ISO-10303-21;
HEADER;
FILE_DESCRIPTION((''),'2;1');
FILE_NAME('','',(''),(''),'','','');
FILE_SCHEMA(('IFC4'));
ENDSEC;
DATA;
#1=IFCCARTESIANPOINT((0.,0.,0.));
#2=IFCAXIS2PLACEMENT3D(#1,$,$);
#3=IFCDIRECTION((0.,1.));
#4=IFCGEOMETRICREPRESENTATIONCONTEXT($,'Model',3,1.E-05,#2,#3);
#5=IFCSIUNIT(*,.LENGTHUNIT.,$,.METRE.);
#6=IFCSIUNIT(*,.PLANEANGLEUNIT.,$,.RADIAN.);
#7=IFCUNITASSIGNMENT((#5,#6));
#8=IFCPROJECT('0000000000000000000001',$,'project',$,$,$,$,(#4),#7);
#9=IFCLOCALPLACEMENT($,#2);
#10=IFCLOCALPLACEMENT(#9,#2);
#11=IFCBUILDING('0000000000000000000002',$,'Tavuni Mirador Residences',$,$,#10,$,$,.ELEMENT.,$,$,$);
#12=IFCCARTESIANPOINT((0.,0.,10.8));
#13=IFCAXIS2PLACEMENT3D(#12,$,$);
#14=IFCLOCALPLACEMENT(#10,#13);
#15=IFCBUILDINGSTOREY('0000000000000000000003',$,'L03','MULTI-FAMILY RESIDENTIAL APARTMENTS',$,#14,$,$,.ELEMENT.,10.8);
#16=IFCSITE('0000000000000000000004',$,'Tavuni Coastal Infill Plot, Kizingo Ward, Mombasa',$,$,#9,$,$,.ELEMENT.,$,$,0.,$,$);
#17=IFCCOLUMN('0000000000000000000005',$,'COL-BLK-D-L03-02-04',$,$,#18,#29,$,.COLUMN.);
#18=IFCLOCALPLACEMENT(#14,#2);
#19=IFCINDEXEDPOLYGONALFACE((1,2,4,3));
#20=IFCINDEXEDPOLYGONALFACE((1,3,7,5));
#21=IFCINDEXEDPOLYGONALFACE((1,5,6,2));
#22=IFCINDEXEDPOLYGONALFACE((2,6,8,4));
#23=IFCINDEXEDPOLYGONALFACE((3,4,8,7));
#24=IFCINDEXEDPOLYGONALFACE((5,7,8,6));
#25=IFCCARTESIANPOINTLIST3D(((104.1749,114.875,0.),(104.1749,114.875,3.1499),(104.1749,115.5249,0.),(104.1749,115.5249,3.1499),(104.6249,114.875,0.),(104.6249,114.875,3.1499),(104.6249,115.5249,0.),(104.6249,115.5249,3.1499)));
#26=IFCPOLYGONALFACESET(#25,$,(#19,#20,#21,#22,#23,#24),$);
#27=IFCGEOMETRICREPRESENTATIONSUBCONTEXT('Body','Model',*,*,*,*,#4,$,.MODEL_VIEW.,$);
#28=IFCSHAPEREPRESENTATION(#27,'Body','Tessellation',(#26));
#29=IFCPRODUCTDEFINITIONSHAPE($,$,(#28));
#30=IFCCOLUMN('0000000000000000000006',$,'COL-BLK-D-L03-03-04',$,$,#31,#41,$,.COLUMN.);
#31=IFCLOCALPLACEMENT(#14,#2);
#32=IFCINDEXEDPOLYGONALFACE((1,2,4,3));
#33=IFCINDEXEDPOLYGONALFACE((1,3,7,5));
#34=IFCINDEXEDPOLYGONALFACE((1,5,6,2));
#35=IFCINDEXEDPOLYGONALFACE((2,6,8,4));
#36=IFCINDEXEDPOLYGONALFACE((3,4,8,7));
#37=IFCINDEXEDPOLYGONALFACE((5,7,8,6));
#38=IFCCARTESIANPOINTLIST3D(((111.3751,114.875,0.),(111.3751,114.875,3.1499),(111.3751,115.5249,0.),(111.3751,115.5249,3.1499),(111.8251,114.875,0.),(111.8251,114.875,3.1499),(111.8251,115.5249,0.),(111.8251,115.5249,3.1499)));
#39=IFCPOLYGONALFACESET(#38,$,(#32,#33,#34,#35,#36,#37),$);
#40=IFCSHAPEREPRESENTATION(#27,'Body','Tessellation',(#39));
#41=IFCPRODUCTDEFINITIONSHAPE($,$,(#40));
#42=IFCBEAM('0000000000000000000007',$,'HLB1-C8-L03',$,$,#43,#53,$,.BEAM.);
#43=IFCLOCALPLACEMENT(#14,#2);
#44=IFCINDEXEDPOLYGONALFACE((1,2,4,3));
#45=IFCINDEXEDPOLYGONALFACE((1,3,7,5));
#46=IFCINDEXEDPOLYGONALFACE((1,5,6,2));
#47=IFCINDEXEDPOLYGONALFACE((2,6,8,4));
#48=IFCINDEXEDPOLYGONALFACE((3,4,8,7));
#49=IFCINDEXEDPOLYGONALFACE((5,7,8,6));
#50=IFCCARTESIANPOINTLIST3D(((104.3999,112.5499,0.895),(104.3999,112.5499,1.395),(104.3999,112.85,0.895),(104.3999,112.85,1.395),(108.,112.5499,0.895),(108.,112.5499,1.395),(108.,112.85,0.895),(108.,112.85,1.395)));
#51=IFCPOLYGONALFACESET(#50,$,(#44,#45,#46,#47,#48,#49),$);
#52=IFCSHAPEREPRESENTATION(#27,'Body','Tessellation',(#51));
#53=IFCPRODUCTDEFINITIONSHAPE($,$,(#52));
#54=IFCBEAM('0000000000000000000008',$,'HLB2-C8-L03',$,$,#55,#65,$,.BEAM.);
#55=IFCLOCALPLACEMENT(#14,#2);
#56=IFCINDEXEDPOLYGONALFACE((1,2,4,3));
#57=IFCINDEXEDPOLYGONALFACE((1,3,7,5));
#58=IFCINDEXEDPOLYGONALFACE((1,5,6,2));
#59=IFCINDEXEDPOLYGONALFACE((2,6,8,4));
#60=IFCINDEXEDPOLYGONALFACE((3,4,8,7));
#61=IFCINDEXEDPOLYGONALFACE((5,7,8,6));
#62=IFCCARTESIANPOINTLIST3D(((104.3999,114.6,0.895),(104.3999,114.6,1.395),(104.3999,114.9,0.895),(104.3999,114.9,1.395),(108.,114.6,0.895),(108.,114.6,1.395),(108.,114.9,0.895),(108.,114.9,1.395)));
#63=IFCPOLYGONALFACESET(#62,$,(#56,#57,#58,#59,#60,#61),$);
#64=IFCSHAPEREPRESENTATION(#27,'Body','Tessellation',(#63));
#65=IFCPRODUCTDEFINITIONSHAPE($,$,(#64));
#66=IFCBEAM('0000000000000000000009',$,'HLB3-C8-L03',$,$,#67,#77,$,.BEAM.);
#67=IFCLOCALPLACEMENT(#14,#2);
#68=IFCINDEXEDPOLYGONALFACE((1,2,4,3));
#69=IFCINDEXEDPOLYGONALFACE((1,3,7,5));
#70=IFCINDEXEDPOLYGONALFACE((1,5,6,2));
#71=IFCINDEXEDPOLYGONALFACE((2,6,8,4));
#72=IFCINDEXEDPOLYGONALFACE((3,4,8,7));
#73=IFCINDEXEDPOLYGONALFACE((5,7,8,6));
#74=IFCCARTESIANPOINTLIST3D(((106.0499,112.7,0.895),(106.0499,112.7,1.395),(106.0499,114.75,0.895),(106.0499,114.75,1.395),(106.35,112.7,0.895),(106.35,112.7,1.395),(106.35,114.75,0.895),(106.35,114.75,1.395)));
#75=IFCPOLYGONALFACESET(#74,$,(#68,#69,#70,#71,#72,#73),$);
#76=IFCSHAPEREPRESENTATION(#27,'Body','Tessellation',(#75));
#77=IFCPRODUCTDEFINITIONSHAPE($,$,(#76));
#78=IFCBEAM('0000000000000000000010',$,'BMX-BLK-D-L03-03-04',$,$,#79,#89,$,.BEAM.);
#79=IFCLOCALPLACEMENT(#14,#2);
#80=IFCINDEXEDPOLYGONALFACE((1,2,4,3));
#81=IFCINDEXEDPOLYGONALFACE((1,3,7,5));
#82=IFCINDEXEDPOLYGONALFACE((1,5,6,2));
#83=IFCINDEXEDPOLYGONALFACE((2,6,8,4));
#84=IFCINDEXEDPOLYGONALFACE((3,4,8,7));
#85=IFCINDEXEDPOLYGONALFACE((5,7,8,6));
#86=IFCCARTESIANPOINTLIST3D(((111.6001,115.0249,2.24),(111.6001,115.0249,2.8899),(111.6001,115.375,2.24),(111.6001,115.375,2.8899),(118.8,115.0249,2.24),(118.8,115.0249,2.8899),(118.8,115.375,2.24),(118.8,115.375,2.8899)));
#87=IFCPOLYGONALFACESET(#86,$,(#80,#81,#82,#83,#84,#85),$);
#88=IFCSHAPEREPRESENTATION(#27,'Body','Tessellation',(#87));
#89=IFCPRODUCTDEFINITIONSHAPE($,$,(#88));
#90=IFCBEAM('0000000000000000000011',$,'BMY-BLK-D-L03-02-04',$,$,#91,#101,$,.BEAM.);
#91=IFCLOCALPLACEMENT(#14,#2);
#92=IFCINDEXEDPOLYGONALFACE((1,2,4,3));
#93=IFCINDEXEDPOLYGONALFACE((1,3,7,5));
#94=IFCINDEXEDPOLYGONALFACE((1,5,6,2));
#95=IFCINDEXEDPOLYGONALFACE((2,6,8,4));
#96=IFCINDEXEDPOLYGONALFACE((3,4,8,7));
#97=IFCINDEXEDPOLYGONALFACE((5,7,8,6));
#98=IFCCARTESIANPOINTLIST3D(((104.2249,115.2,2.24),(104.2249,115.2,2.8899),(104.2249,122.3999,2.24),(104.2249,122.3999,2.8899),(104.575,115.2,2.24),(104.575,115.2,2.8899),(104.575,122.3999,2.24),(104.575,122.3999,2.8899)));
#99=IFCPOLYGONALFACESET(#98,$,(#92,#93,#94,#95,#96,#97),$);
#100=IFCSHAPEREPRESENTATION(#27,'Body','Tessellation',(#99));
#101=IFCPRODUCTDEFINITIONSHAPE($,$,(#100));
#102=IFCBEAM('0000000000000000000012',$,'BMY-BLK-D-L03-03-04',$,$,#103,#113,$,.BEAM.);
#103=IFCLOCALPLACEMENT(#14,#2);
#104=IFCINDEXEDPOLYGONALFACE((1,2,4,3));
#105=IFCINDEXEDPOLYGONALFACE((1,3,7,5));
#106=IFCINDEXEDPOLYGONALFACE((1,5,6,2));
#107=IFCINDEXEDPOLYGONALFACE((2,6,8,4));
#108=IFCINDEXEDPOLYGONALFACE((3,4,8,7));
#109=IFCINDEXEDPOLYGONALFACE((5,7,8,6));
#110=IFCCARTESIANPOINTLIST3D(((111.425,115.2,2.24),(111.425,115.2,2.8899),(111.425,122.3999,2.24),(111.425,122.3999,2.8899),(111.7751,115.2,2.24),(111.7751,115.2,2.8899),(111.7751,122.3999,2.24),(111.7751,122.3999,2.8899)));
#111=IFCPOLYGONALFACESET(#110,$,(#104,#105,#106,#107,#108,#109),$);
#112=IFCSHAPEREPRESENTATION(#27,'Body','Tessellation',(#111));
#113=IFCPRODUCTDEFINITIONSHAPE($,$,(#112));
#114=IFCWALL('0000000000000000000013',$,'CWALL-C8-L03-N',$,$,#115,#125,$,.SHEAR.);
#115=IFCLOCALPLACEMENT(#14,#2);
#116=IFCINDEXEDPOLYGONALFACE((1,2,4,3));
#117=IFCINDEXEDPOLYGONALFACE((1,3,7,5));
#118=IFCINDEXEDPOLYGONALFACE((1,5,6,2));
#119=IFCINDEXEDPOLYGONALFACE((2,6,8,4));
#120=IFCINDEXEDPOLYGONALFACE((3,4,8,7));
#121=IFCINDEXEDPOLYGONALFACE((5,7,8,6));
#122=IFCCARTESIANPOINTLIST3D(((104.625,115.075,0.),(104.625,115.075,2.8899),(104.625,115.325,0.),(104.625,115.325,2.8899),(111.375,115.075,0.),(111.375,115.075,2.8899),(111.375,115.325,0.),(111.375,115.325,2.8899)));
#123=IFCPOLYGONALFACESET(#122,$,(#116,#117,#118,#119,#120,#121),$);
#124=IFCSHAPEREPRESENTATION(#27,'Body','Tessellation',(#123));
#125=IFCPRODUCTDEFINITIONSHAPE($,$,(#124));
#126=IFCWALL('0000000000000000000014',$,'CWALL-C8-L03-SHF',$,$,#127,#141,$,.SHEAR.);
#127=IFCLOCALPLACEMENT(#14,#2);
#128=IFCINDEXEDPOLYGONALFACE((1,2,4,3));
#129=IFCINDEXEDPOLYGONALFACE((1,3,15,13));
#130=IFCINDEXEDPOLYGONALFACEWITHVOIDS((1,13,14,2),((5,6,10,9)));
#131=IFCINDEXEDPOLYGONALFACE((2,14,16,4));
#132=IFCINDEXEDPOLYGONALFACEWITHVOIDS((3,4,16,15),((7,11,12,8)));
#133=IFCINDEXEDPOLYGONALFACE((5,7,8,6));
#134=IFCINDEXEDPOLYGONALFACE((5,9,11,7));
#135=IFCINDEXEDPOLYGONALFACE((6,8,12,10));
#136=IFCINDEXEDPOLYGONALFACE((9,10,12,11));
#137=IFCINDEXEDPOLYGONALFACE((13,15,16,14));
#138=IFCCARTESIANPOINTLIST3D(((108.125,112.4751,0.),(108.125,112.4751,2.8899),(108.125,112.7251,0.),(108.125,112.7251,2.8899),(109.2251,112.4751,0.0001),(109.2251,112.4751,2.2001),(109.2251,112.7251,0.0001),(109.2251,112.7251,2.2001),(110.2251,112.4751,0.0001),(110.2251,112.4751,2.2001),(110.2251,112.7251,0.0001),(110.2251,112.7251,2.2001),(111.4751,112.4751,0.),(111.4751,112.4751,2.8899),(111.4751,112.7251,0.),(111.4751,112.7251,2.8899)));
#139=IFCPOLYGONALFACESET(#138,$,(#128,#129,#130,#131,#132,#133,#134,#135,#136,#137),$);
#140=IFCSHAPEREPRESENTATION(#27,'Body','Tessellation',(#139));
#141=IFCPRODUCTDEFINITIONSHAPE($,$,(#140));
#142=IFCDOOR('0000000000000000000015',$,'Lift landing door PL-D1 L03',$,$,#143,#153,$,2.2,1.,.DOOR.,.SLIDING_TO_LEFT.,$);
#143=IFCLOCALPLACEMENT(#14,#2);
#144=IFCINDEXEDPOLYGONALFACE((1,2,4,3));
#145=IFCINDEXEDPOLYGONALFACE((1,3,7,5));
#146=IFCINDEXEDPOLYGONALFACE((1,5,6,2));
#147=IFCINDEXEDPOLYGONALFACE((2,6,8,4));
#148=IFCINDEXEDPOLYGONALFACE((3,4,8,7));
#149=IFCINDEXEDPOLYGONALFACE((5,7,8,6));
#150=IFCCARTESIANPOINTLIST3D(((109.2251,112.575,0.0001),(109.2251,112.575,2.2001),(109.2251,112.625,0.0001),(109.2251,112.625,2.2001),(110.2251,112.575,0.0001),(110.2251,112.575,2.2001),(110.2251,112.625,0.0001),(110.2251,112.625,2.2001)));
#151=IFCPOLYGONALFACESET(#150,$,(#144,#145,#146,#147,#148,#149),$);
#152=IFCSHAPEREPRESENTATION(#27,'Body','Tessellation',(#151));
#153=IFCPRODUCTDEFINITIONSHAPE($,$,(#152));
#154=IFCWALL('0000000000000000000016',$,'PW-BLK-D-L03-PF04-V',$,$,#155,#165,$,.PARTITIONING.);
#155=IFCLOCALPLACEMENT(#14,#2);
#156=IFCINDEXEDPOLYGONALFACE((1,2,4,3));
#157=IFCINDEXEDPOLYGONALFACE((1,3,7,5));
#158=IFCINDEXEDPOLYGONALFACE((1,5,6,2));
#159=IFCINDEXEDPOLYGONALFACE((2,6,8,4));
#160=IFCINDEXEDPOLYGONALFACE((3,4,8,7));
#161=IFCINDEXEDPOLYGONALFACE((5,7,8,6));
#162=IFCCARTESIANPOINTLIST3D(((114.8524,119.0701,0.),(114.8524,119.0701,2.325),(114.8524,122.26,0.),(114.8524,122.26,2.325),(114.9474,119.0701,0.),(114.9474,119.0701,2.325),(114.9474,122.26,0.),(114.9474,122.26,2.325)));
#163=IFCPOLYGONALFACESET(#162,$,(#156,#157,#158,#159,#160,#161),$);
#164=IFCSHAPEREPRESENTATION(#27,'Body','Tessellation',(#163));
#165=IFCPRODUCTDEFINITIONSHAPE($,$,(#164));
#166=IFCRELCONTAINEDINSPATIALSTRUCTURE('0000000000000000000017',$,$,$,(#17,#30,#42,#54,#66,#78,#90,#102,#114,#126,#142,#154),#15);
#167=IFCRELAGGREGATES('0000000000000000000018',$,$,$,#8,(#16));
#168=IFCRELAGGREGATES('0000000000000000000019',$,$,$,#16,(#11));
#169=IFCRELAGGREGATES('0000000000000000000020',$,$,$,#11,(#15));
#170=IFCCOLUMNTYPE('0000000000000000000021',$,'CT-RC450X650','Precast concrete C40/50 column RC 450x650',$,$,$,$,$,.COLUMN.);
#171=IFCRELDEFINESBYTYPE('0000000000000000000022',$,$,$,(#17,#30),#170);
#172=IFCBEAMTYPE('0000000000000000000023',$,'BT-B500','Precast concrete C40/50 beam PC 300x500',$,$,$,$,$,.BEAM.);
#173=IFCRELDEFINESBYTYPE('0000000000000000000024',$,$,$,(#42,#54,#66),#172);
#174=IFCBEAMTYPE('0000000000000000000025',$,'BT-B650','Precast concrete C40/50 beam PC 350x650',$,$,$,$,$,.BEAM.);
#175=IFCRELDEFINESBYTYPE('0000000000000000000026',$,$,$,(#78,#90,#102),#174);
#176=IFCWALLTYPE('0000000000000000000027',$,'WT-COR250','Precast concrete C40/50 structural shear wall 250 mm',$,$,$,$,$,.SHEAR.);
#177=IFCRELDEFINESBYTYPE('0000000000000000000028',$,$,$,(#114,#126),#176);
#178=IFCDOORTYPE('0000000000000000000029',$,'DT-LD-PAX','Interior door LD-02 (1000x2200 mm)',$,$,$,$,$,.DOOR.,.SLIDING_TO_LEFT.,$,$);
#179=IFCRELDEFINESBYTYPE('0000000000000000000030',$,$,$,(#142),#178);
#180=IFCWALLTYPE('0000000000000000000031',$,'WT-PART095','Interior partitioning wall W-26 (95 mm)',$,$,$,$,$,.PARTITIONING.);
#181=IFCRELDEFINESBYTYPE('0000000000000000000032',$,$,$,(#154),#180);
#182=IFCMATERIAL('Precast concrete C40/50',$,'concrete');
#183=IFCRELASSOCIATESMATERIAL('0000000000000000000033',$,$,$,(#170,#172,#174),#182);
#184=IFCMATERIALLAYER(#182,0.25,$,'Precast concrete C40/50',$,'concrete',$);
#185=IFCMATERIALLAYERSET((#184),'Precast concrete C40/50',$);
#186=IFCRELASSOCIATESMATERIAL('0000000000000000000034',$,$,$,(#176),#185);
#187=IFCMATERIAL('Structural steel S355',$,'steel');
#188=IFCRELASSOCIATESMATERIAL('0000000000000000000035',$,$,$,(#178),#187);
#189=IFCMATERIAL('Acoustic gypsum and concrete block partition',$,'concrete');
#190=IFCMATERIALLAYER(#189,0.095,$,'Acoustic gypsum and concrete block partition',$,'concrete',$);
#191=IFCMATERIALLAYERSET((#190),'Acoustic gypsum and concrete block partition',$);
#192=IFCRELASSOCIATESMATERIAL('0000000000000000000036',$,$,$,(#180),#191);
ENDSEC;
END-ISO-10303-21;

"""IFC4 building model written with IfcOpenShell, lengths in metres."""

from ifc_helpers import new_model, si_unit, direction, frame, frame_2d, origin, origin_2d, place, context, subcontext, project, spatial, rectangle, extrude, material, layer, layer_set, material_profile, profile_set, type_object, element, fill, save


model = new_model("IFC4")

# Units and contexts
model_context = context("Model", 3, precision=1e-05, world=origin(), true_north=direction((0.0, 1.0)))
body_context = subcontext(model_context, "Body", "Model", "MODEL_VIEW")
ifc_project = project(units=[si_unit("LENGTHUNIT", "METRE"), si_unit("PLANEANGLEUNIT", "RADIAN")], contexts=[model_context])

# Site, building, storey
site_placement = place(None, origin())
site = spatial("IfcSite", under=ifc_project, at=site_placement, Name="Tavuni Coastal Infill Plot, Kizingo Ward, Mombasa", CompositionType="ELEMENT", RefElevation=0.0)
building_placement = place(site_placement, origin())
building = spatial("IfcBuilding", under=site, at=building_placement, Name="Tavuni Mirador Residences", CompositionType="ELEMENT")
storey_placement = place(building_placement, frame((0.0, 0.0, 10.8)))
storey = spatial("IfcBuildingStorey", under=building, at=storey_placement, Name="L03", Description="MULTI-FAMILY RESIDENTIAL APARTMENTS", CompositionType="ELEMENT", Elevation=10.8)

# Columns
ifc_material_1 = material(Name="Precast concrete C40/50", Category="concrete")
ifc_material_profile_1 = material_profile(ifc_material_1, rectangle(XDim=0.45, YDim=0.6499, at=origin_2d()), Name="RC 450x650", Category="concrete")
ifc_profile_set_1 = profile_set([ifc_material_profile_1], Name="Precast concrete C40/50")
column_type = type_object("IfcColumnType", Name="CT-RC450X650", Description="Precast concrete C40/50 column RC 450x650", PredefinedType="COLUMN", material=ifc_profile_set_1)
for number, where, z_axis, x_axis, name in (
    (1, (104.3999, 115.2, 0.0), (0.0, 0.0, 1.0), (1.0, 0.0, 0.0), "COL-BLK-D-L03-02-04"),
    (2, (111.6001, 115.2, 0.0), (0.0, 0.0, 1.0), (1.0, 0.0, 0.0), "COL-BLK-D-L03-03-04"),
):
    element("IfcColumn", number, at=place(storey_placement, frame(where, z_axis=z_axis, x_axis=x_axis)), inside=storey, type_object=column_type, Name=name, PredefinedType="COLUMN", context=body_context, shape_type="SweptSolid", body=[
        extrude(rectangle(XDim=0.45, YDim=0.6499, at=origin_2d()), origin(), (0.0, 0.0, 1.0), 3.1499),
    ])

# Beams
ifc_material_profile_2 = material_profile(ifc_material_1, rectangle(XDim=0.3, YDim=0.5, at=origin_2d()), Name="PC 300x500", Category="concrete")
ifc_profile_set_2 = profile_set([ifc_material_profile_2], Name="Precast concrete C40/50")
beam_type_1 = type_object("IfcBeamType", Name="BT-B500", Description="Precast concrete C40/50 beam PC 300x500", PredefinedType="BEAM", material=ifc_profile_set_2)
for number, where, z_axis, x_axis, name in (
    (3, (104.3999, 112.7, 1.145), (1.0, 0.0, 0.0), (0.0, 1.0, 0.0), "HLB1-C8-L03"),
    (4, (104.3999, 114.75, 1.145), (1.0, 0.0, 0.0), (0.0, 1.0, 0.0), "HLB2-C8-L03"),
):
    element("IfcBeam", number, at=place(storey_placement, frame(where, z_axis=z_axis, x_axis=x_axis)), inside=storey, type_object=beam_type_1, Name=name, PredefinedType="BEAM", context=body_context, shape_type="SweptSolid", body=[
        extrude(rectangle(XDim=0.3, YDim=0.5, at=origin_2d()), origin(), (0.0, 0.0, 1.0), 3.6001),
    ])
beam_placement = place(storey_placement, frame((106.2, 112.7, 1.145), z_axis=(0.0, 1.0, 0.0), x_axis=(-1.0, 0.0, 0.0)))
element("IfcBeam", 5, at=beam_placement, inside=storey, type_object=beam_type_1, Name="HLB3-C8-L03", PredefinedType="BEAM", context=body_context, shape_type="SweptSolid", body=[
    extrude(rectangle(XDim=0.3, YDim=0.5, at=origin_2d()), origin(), (0.0, 0.0, 1.0), 2.05),
])
ifc_material_profile_3 = material_profile(ifc_material_1, rectangle(XDim=0.3501, YDim=0.6499, at=origin_2d()), Name="PC 350x650", Category="concrete")
ifc_profile_set_3 = profile_set([ifc_material_profile_3], Name="Precast concrete C40/50")
beam_type_2 = type_object("IfcBeamType", Name="BT-B650", Description="Precast concrete C40/50 beam PC 350x650", PredefinedType="BEAM", material=ifc_profile_set_3)
for number, where, z_axis, x_axis, name in (
    (6, (111.6001, 115.2, 2.5649), (1.0, 0.0, 0.0), (0.0, 1.0, 0.0), "BMX-BLK-D-L03-03-04"),
    (7, (104.3999, 115.2, 2.5649), (0.0, 1.0, 0.0), (-1.0, 0.0, 0.0), "BMY-BLK-D-L03-02-04"),
    (8, (111.6001, 115.2, 2.5649), (0.0, 1.0, 0.0), (-1.0, 0.0, 0.0), "BMY-BLK-D-L03-03-04"),
):
    element("IfcBeam", number, at=place(storey_placement, frame(where, z_axis=z_axis, x_axis=x_axis)), inside=storey, type_object=beam_type_2, Name=name, PredefinedType="BEAM", context=body_context, shape_type="SweptSolid", body=[
        extrude(rectangle(XDim=0.3501, YDim=0.6499, at=origin_2d()), origin(), (0.0, 0.0, 1.0), 7.2),
    ])

# Wall
ifc_layer_1 = layer(ifc_material_1, 0.25, Name="Precast concrete C40/50", Category="concrete")
ifc_layer_set_1 = layer_set([ifc_layer_1], Name="Precast concrete C40/50")
wall_type_1 = type_object("IfcWallType", Name="WT-COR250", Description="Precast concrete C40/50 structural shear wall 250 mm", PredefinedType="SHEAR", material=ifc_layer_set_1)
wall_1_placement = place(storey_placement, frame((104.625, 115.2, 0.0), z_axis=(0.0, 0.0, 1.0), x_axis=(1.0, 0.0, 0.0)))
element("IfcWall", 9, at=wall_1_placement, inside=storey, type_object=wall_type_1, Name="CWALL-C8-L03-N", PredefinedType="SHEAR", context=body_context, shape_type="SweptSolid", body=[
    extrude(rectangle(XDim=6.75, YDim=0.25, at=frame_2d((3.375, 0.0))), origin(), (0.0, 0.0, 1.0), 2.8899),
])

# Wall, opening, door
wall_2_placement = place(storey_placement, frame((108.125, 112.6001, 0.0), z_axis=(0.0, 0.0, 1.0), x_axis=(1.0, 0.0, 0.0)))
wall_2 = element("IfcWall", 10, at=wall_2_placement, inside=storey, type_object=wall_type_1, Name="CWALL-C8-L03-SHF", PredefinedType="SHEAR", context=body_context, shape_type="SweptSolid", body=[
    extrude(rectangle(XDim=3.3501, YDim=0.25, at=frame_2d((1.675, 0.0))), origin(), (0.0, 0.0, 1.0), 2.8899),
])
opening_1_placement = place(wall_2_placement, frame((1.1001, 0.0, 0.0)))
opening_1 = element("IfcOpeningElement", 11, at=opening_1_placement, cuts=wall_2, PredefinedType="OPENING", context=body_context, shape_type="SweptSolid", body=[
    extrude(rectangle(XDim=1.0, YDim=2.2, at=frame_2d((0.5, 1.1001))), frame((0.0, 0.135, 0.0), z_axis=(0.0, -1.0, 0.0), x_axis=(1.0, 0.0, 0.0)), (0.0, 0.0, 1.0), 0.27),
])
ifc_material_2 = material(Name="Structural steel S355", Category="steel")
door_type_1 = type_object("IfcDoorType", Name="DT-LD-PAX", Description="Interior door LD-02 (1000x2200 mm)", OperationType="SLIDING_TO_LEFT", PredefinedType="DOOR", material=ifc_material_2)
door_1_placement = place(opening_1_placement, origin())
door_1 = element("IfcDoor", 12, at=door_1_placement, inside=storey, type_object=door_type_1, Name="Lift landing door PL-D1 L03", OperationType="SLIDING_TO_LEFT", OverallHeight=2.2, OverallWidth=1.0, PredefinedType="DOOR", context=body_context, shape_type="SweptSolid", body=[
    extrude(rectangle(XDim=1.0, YDim=2.2, at=frame_2d((0.5, 1.1001))), frame((0.0, 0.0249, 0.0), z_axis=(0.0, -1.0, 0.0), x_axis=(1.0, 0.0, 0.0)), (0.0, 0.0, 1.0), 0.05),
])
fill(opening_1, door_1)

# Wall
ifc_material_3 = material(Name="Acoustic gypsum and concrete block partition", Category="concrete")
ifc_layer_2 = layer(ifc_material_3, 0.095, Name="Acoustic gypsum and concrete block partition", Category="concrete")
ifc_layer_set_2 = layer_set([ifc_layer_2], Name="Acoustic gypsum and concrete block partition")
wall_type_2 = type_object("IfcWallType", Name="WT-PART095", Description="Interior partitioning wall W-26 (95 mm)", PredefinedType="PARTITIONING", material=ifc_layer_set_2)
wall_3_placement = place(storey_placement, frame((114.8999, 119.0701, 0.0), z_axis=(0.0, 0.0, 1.0), x_axis=(0.0, 1.0, 0.0)))
element("IfcWall", 13, at=wall_3_placement, inside=storey, type_object=wall_type_2, Name="PW-BLK-D-L03-PF04-V", PredefinedType="PARTITIONING", context=body_context, shape_type="SweptSolid", body=[
    extrude(rectangle(XDim=3.1899, YDim=0.095, at=frame_2d((1.595, 0.0))), origin(), (0.0, 0.0, 1.0), 2.325),
])

save(model, "model.ifc")
